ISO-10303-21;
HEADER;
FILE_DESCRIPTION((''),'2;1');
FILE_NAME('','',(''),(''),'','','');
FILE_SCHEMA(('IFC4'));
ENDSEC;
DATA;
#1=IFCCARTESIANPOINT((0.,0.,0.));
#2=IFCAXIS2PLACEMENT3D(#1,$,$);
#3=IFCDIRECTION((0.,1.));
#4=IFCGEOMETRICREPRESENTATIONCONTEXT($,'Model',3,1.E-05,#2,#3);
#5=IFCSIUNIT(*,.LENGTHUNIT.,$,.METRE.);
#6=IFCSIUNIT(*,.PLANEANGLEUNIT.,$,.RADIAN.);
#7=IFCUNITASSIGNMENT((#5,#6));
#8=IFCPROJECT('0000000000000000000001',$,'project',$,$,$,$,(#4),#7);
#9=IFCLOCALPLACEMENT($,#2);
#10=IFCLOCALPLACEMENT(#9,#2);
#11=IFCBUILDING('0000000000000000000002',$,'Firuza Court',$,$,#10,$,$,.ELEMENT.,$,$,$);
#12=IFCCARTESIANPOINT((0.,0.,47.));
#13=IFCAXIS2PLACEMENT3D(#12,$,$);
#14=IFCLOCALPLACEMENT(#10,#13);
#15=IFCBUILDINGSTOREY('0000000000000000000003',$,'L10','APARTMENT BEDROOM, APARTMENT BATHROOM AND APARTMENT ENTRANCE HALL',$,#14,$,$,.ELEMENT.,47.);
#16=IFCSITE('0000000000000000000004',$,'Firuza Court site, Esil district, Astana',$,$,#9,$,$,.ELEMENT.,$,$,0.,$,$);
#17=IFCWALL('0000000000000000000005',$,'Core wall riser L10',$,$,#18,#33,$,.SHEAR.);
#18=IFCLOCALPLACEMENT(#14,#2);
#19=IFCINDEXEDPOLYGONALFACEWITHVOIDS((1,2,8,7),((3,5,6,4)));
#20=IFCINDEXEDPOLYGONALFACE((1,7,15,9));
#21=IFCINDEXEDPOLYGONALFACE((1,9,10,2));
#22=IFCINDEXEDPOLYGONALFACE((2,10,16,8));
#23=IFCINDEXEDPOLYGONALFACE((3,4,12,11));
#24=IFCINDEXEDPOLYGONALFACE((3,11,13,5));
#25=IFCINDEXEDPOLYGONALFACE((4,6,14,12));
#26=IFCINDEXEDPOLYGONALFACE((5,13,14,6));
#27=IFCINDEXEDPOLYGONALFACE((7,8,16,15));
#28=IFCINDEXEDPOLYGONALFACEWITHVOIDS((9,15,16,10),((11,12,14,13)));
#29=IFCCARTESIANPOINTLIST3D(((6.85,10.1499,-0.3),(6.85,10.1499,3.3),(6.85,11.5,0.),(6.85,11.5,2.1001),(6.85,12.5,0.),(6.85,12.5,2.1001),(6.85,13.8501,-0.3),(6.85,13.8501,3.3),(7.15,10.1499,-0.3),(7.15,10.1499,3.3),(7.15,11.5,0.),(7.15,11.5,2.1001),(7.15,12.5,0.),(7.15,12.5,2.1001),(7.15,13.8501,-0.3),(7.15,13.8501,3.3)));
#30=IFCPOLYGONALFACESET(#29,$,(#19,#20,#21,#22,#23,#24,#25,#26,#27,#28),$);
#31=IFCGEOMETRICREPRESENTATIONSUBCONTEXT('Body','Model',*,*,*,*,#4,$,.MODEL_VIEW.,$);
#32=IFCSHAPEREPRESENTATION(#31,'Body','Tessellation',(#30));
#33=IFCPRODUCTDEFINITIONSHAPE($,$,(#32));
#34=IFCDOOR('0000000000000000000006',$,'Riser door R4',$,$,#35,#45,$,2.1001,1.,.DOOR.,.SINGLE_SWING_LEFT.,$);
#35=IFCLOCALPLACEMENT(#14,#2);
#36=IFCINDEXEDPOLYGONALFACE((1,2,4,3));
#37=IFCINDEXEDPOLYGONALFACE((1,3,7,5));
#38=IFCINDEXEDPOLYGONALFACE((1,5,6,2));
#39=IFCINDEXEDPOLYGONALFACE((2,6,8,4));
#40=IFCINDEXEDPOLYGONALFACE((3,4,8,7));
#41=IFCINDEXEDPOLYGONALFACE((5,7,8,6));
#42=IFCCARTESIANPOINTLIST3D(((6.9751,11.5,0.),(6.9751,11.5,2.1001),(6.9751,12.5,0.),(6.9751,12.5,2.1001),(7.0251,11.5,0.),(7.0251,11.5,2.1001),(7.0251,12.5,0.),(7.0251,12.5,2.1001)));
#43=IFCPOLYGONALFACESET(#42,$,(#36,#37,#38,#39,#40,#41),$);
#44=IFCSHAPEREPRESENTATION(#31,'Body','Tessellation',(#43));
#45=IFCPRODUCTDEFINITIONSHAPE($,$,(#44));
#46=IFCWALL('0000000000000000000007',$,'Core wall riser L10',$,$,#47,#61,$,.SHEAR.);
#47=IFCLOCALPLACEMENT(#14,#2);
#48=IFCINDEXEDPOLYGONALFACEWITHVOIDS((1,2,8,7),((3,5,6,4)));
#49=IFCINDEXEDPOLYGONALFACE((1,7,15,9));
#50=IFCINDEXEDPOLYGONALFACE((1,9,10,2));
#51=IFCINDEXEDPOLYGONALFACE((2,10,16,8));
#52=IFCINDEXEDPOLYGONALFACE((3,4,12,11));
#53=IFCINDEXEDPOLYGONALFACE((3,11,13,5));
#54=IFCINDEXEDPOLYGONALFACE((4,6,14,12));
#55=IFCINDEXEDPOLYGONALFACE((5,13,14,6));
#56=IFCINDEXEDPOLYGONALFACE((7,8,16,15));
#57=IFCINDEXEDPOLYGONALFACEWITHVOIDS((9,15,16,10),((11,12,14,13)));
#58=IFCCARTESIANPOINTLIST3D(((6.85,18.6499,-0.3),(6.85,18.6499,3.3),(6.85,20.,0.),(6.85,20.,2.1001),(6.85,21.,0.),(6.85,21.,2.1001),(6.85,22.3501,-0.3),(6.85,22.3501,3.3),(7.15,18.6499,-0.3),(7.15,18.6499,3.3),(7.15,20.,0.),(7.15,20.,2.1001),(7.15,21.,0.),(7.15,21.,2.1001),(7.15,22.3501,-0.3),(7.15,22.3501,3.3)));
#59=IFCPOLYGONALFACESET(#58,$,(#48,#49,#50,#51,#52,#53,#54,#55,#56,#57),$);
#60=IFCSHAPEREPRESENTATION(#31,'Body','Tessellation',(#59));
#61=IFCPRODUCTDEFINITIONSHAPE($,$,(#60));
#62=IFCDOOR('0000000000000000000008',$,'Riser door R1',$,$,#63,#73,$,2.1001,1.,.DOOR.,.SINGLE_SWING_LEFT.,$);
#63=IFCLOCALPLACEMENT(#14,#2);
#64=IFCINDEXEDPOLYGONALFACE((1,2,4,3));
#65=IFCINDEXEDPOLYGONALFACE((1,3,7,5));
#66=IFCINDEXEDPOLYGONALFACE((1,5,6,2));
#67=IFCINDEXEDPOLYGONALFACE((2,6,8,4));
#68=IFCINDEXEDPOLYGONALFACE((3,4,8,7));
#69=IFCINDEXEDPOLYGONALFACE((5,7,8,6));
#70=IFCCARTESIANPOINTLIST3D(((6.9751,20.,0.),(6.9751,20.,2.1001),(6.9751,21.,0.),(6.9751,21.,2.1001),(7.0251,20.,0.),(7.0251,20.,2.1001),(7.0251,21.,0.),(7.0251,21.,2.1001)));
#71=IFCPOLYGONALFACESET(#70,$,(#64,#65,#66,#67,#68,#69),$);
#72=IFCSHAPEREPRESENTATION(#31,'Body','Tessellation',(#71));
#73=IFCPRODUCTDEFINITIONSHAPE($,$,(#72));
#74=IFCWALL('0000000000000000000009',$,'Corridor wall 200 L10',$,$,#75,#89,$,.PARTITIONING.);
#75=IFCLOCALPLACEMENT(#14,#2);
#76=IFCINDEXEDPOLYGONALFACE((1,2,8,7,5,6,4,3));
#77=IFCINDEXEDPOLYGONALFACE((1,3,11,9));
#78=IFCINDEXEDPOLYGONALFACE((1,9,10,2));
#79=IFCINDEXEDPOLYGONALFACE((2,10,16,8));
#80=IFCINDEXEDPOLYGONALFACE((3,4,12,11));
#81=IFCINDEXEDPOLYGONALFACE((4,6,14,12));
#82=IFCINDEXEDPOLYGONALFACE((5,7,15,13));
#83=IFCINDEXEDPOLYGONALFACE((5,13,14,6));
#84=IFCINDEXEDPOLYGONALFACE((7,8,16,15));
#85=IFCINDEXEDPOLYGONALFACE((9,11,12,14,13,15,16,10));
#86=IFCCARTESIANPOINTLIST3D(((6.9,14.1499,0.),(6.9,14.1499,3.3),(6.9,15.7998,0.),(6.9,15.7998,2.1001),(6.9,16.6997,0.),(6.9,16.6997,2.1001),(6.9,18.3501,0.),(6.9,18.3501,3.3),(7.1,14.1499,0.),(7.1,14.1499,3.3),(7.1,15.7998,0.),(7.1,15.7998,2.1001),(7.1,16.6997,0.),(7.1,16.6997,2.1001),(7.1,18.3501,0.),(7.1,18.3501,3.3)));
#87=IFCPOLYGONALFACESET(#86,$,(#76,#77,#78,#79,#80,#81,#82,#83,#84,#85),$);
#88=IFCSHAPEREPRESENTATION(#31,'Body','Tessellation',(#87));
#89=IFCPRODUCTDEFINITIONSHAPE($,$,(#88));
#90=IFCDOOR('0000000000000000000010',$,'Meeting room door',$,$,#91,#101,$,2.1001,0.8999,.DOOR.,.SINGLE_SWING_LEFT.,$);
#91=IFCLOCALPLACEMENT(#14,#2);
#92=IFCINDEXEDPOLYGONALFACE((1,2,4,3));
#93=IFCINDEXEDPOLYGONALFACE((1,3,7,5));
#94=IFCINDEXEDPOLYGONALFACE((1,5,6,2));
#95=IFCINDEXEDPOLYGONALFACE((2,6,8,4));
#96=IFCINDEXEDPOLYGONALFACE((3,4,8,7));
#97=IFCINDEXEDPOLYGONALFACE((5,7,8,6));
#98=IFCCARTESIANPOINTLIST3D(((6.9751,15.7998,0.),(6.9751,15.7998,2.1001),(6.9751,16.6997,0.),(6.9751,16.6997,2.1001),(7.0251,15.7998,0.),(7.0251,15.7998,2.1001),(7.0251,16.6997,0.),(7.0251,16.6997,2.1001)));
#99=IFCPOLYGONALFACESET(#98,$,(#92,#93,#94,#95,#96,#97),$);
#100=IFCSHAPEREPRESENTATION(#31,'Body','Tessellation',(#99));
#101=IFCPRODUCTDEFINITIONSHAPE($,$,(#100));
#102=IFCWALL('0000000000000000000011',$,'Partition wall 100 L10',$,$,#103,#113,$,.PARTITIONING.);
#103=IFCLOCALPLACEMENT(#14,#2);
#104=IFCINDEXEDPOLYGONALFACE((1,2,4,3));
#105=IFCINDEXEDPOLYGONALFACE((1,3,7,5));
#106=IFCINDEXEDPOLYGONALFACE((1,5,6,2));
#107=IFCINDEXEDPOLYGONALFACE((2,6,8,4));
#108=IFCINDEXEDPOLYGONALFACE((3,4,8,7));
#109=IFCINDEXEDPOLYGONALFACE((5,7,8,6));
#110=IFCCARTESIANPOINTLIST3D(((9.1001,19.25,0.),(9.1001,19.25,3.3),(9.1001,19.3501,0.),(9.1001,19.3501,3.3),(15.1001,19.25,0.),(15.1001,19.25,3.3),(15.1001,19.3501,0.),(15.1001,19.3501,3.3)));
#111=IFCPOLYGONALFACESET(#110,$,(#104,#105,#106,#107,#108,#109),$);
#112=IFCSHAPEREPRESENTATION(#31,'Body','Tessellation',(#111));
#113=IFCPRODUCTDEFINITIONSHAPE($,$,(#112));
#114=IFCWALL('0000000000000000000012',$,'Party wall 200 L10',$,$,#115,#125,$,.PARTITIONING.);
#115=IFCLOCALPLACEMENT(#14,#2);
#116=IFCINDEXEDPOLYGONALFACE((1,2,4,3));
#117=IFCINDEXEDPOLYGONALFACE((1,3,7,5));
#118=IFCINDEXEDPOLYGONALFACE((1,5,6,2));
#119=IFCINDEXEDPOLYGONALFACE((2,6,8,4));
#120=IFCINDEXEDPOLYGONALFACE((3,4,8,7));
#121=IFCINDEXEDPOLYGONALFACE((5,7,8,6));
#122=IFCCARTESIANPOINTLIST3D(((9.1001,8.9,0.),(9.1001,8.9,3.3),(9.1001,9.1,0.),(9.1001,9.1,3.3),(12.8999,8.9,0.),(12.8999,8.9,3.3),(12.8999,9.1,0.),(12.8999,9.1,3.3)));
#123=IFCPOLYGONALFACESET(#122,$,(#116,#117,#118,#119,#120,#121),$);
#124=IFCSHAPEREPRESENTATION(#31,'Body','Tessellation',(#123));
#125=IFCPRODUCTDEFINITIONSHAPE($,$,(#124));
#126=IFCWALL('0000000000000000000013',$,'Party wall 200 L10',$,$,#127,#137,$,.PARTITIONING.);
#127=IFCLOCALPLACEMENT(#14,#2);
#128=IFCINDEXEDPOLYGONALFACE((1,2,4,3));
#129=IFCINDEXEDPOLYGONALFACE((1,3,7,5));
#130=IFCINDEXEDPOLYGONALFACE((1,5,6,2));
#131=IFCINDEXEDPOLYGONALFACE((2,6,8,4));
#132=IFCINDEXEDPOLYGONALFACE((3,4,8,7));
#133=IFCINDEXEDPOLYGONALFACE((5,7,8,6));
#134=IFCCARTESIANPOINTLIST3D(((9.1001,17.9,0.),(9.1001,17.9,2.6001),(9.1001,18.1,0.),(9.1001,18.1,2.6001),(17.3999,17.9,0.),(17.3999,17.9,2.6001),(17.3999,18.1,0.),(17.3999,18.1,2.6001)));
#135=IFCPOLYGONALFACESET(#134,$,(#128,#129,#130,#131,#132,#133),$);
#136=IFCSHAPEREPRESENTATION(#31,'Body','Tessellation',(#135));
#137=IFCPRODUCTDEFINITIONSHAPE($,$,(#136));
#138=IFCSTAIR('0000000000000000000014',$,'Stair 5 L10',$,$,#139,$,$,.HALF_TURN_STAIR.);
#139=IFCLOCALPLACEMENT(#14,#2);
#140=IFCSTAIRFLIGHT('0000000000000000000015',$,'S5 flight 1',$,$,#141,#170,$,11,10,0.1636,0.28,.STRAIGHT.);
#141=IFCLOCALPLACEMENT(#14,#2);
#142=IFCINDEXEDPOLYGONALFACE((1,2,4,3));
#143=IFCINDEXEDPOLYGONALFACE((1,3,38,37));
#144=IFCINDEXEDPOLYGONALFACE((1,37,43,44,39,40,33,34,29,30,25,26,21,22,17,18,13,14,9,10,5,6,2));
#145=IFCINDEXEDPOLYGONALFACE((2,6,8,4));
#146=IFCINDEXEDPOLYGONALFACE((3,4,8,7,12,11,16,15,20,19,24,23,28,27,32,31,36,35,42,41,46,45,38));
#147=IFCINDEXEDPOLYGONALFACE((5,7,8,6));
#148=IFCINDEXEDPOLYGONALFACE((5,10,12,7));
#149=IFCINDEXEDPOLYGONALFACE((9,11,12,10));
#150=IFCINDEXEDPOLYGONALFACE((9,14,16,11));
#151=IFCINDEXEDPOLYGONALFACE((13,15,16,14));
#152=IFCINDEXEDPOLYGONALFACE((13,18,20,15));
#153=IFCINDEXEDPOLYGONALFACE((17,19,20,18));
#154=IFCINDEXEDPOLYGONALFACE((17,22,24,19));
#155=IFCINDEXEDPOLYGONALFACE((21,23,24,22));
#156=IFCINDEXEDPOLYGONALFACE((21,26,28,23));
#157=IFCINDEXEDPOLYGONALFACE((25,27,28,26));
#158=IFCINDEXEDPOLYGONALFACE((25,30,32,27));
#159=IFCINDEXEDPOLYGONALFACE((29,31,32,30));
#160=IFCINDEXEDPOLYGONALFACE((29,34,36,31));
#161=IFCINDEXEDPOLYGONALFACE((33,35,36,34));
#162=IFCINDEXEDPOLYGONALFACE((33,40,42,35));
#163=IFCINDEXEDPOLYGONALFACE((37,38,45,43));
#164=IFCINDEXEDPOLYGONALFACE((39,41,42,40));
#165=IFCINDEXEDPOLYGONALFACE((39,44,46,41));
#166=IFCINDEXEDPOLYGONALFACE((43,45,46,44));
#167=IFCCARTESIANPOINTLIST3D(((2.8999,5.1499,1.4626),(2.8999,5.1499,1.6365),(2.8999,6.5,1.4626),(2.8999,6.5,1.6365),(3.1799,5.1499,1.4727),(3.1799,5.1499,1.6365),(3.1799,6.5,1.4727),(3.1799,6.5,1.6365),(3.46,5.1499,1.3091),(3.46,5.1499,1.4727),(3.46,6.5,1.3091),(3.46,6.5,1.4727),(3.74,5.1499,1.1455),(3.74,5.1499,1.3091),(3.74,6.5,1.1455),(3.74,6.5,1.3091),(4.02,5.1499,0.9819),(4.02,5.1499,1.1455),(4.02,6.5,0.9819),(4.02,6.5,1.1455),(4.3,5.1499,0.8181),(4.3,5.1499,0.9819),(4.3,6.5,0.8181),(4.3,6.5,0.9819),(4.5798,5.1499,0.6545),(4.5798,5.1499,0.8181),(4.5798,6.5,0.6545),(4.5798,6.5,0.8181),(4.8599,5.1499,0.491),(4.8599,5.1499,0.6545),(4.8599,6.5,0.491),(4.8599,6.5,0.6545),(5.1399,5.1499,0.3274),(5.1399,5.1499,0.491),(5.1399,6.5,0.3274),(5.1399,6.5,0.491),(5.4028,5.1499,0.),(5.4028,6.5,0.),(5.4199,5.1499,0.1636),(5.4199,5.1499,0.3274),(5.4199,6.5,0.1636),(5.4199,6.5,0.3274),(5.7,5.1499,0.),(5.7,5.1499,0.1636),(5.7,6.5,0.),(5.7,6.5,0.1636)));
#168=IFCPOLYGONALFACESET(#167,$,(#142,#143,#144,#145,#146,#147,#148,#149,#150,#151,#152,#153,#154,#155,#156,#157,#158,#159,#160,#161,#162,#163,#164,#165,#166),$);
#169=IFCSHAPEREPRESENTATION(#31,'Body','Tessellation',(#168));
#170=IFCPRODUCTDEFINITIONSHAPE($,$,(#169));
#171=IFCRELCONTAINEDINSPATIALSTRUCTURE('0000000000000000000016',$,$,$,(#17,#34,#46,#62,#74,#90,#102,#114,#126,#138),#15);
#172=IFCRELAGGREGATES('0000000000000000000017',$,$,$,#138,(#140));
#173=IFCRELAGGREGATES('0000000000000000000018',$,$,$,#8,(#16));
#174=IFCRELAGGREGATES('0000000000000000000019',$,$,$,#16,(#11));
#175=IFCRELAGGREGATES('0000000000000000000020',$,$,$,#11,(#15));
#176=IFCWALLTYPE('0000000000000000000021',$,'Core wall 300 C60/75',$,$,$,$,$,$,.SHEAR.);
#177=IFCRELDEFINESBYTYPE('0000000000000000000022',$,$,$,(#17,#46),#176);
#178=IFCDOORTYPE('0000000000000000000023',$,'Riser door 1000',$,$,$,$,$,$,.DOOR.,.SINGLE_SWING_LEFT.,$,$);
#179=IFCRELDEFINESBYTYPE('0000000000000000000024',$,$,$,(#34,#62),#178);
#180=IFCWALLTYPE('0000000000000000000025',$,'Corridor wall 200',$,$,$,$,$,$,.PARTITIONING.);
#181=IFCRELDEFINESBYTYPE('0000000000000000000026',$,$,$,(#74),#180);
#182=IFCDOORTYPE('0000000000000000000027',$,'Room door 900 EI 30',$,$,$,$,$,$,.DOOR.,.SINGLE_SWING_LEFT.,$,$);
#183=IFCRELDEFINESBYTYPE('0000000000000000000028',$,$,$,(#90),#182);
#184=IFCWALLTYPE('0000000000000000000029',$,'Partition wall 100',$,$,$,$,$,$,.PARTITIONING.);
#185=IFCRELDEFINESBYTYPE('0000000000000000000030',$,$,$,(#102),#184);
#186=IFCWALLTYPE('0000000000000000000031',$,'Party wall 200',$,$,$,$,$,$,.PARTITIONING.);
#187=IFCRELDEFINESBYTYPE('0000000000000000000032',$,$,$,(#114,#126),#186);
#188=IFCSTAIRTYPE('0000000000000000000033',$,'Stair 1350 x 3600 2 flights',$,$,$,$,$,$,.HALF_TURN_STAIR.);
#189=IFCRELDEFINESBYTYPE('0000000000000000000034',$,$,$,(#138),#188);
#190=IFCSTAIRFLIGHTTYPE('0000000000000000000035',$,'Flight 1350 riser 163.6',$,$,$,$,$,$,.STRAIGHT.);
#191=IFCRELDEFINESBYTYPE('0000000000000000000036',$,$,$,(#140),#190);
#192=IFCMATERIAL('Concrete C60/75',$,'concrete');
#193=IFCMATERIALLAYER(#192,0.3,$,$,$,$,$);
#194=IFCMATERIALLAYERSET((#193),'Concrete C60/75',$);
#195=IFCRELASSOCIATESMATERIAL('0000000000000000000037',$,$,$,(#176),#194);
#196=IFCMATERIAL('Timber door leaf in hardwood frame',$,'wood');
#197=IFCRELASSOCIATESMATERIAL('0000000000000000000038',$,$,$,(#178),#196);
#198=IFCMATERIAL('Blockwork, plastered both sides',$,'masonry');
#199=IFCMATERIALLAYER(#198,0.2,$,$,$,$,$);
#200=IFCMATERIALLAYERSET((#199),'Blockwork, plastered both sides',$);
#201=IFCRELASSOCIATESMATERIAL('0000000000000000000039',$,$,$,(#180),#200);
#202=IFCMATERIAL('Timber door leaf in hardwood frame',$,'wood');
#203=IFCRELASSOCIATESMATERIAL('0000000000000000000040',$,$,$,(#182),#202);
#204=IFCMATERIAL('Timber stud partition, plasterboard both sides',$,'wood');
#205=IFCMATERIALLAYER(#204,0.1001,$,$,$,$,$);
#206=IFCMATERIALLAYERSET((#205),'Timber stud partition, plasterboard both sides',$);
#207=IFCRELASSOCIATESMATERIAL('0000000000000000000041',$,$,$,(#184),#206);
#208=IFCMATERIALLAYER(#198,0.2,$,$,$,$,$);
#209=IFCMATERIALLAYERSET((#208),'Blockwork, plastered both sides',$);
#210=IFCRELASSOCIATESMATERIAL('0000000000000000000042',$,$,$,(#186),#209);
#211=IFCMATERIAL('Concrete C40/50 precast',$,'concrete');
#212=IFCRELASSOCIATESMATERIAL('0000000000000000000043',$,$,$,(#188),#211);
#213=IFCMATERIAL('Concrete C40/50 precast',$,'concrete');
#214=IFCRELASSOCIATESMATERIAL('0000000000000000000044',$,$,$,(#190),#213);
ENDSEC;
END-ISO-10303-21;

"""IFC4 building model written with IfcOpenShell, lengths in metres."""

from ifc_helpers import new_model, si_unit, direction, frame, frame_2d, origin, place, context, subcontext, project, spatial, polyline, rectangle, outline, extrude, material, layer, layer_set, type_object, element, fill, aggregate, save


model = new_model("IFC4")

# Units and contexts
model_context = context("Model", 3, precision=1e-05, world=origin(), true_north=direction((0.0, 1.0)))
body_context = subcontext(model_context, "Body", "Model", "MODEL_VIEW")
ifc_project = project(units=[si_unit("LENGTHUNIT", "METRE"), si_unit("PLANEANGLEUNIT", "RADIAN")], contexts=[model_context])

# Site, building, storey
site_placement = place(None, origin())
site = spatial("IfcSite", under=ifc_project, at=site_placement, Name="Firuza Court site, Esil district, Astana", CompositionType="ELEMENT", RefElevation=0.0)
building_placement = place(site_placement, origin())
building = spatial("IfcBuilding", under=site, at=building_placement, Name="Firuza Court", CompositionType="ELEMENT")
storey_placement = place(building_placement, frame((0.0, 0.0, 47.0)))
storey = spatial("IfcBuildingStorey", under=building, at=storey_placement, Name="L10", Description="APARTMENT BEDROOM, APARTMENT BATHROOM AND APARTMENT ENTRANCE HALL", CompositionType="ELEMENT", Elevation=47.0)

# Shared definitions
ifc_material_1 = material(Name="Concrete C60/75", Category="concrete")
ifc_layer_1 = layer(ifc_material_1, 0.3)
ifc_layer_set_1 = layer_set([ifc_layer_1], Name="Concrete C60/75")
wall_type_1 = type_object("IfcWallType", Name="Core wall 300 C60/75", PredefinedType="SHEAR", material=ifc_layer_set_1)

# Walls, openings, doors
wall_1_placement = place(storey_placement, frame((7.0, 10.1499, -0.3), z_axis=(0.0, 0.0, 1.0), x_axis=(0.0, 1.0, 0.0)))
wall_1 = element("IfcWall", 1, at=wall_1_placement, inside=storey, type_object=wall_type_1, Name="Core wall riser L10", PredefinedType="SHEAR", context=body_context, shape_type="SweptSolid", body=[
    extrude(rectangle(XDim=3.7002, YDim=0.3, at=frame_2d((1.8501, 0.0))), origin(), (0.0, 0.0, 1.0), 3.6001),
])
opening_1_placement = place(wall_1_placement, frame((1.3501, 0.0, 0.3)))
opening_1 = element("IfcOpeningElement", 2, at=opening_1_placement, cuts=wall_1, PredefinedType="OPENING", context=body_context, shape_type="SweptSolid", body=[
    extrude(rectangle(XDim=1.0, YDim=2.1001, at=frame_2d((0.5, 1.05))), frame((0.0, 0.1621, 0.0), z_axis=(0.0, -1.0, 0.0), x_axis=(1.0, 0.0, 0.0)), (0.0, 0.0, 1.0), 0.324),
])
ifc_material_2 = material(Name="Timber door leaf in hardwood frame", Category="wood")
door_type_1 = type_object("IfcDoorType", Name="Riser door 1000", OperationType="SINGLE_SWING_LEFT", PredefinedType="DOOR", material=ifc_material_2)
door_1_placement = place(opening_1_placement, origin())
door_1 = element("IfcDoor", 3, at=door_1_placement, inside=storey, type_object=door_type_1, Name="Riser door R4", OperationType="SINGLE_SWING_LEFT", OverallHeight=2.1001, OverallWidth=1.0, PredefinedType="DOOR", context=body_context, shape_type="SweptSolid", body=[
    extrude(rectangle(XDim=1.0, YDim=2.1001, at=frame_2d((0.5, 1.05))), frame((0.0, 0.0249, 0.0), z_axis=(0.0, -1.0, 0.0), x_axis=(1.0, 0.0, 0.0)), (0.0, 0.0, 1.0), 0.05),
])
fill(opening_1, door_1)
wall_2_placement = place(storey_placement, frame((7.0, 18.6499, -0.3), z_axis=(0.0, 0.0, 1.0), x_axis=(0.0, 1.0, 0.0)))
wall_2 = element("IfcWall", 4, at=wall_2_placement, inside=storey, type_object=wall_type_1, Name="Core wall riser L10", PredefinedType="SHEAR", context=body_context, shape_type="SweptSolid", body=[
    extrude(rectangle(XDim=3.7002, YDim=0.3, at=frame_2d((1.8501, 0.0))), origin(), (0.0, 0.0, 1.0), 3.6001),
])
opening_2_placement = place(wall_2_placement, frame((1.3501, 0.0, 0.3)))
opening_2 = element("IfcOpeningElement", 5, at=opening_2_placement, cuts=wall_2, PredefinedType="OPENING", context=body_context, shape_type="SweptSolid", body=[
    extrude(rectangle(XDim=1.0, YDim=2.1001, at=frame_2d((0.5, 1.05))), frame((0.0, 0.1621, 0.0), z_axis=(0.0, -1.0, 0.0), x_axis=(1.0, 0.0, 0.0)), (0.0, 0.0, 1.0), 0.324),
])
door_2_placement = place(opening_2_placement, origin())
door_2 = element("IfcDoor", 6, at=door_2_placement, inside=storey, type_object=door_type_1, Name="Riser door R1", OperationType="SINGLE_SWING_LEFT", OverallHeight=2.1001, OverallWidth=1.0, PredefinedType="DOOR", context=body_context, shape_type="SweptSolid", body=[
    extrude(rectangle(XDim=1.0, YDim=2.1001, at=frame_2d((0.5, 1.05))), frame((0.0, 0.0249, 0.0), z_axis=(0.0, -1.0, 0.0), x_axis=(1.0, 0.0, 0.0)), (0.0, 0.0, 1.0), 0.05),
])
fill(opening_2, door_2)
ifc_material_3 = material(Name="Blockwork, plastered both sides", Category="masonry")
ifc_layer_2 = layer(ifc_material_3, 0.2)
ifc_layer_set_2 = layer_set([ifc_layer_2], Name="Blockwork, plastered both sides")
wall_type_2 = type_object("IfcWallType", Name="Corridor wall 200", PredefinedType="PARTITIONING", material=ifc_layer_set_2)
wall_3_placement = place(storey_placement, frame((7.0, 14.1499, 0.0), z_axis=(0.0, 0.0, 1.0), x_axis=(0.0, 1.0, 0.0)))
wall_3 = element("IfcWall", 7, at=wall_3_placement, inside=storey, type_object=wall_type_2, Name="Corridor wall 200 L10", PredefinedType="PARTITIONING", context=body_context, shape_type="SweptSolid", body=[
    extrude(rectangle(XDim=4.2002, YDim=0.2, at=frame_2d((2.1001, 0.0))), origin(), (0.0, 0.0, 1.0), 3.3),
])
opening_3_placement = place(wall_3_placement, frame((1.6499, 0.0, 0.0)))
opening_3 = element("IfcOpeningElement", 8, at=opening_3_placement, cuts=wall_3, PredefinedType="OPENING", context=body_context, shape_type="SweptSolid", body=[
    extrude(rectangle(XDim=0.8999, YDim=2.1001, at=frame_2d((0.45, 1.05))), frame((0.0, 0.1118, 0.0), z_axis=(0.0, -1.0, 0.0), x_axis=(1.0, 0.0, 0.0)), (0.0, 0.0, 1.0), 0.2239),
])
ifc_material_4 = material(Name="Timber door leaf in hardwood frame", Category="wood")
door_type_2 = type_object("IfcDoorType", Name="Room door 900 EI 30", OperationType="SINGLE_SWING_LEFT", PredefinedType="DOOR", material=ifc_material_4)
door_3_placement = place(opening_3_placement, origin())
door_3 = element("IfcDoor", 9, at=door_3_placement, inside=storey, type_object=door_type_2, Name="Meeting room door", OperationType="SINGLE_SWING_LEFT", OverallHeight=2.1001, OverallWidth=0.8999, PredefinedType="DOOR", context=body_context, shape_type="SweptSolid", body=[
    extrude(rectangle(XDim=0.8999, YDim=2.1001, at=frame_2d((0.45, 1.05))), frame((0.0, 0.0249, 0.0), z_axis=(0.0, -1.0, 0.0), x_axis=(1.0, 0.0, 0.0)), (0.0, 0.0, 1.0), 0.05),
])
fill(opening_3, door_3)

# Walls
ifc_material_5 = material(Name="Timber stud partition, plasterboard both sides", Category="wood")
ifc_layer_3 = layer(ifc_material_5, 0.1001)
ifc_layer_set_3 = layer_set([ifc_layer_3], Name="Timber stud partition, plasterboard both sides")
wall_type_3 = type_object("IfcWallType", Name="Partition wall 100", PredefinedType="PARTITIONING", material=ifc_layer_set_3)
wall_4_placement = place(storey_placement, frame((9.1001, 19.3, 0.0), z_axis=(0.0, 0.0, 1.0), x_axis=(1.0, 0.0, 0.0)))
element("IfcWall", 10, at=wall_4_placement, inside=storey, type_object=wall_type_3, Name="Partition wall 100 L10", PredefinedType="PARTITIONING", context=body_context, shape_type="SweptSolid", body=[
    extrude(rectangle(XDim=6.0, YDim=0.1001, at=frame_2d((3.0, 0.0))), origin(), (0.0, 0.0, 1.0), 3.3),
])
ifc_layer_4 = layer(ifc_material_3, 0.2)
ifc_layer_set_4 = layer_set([ifc_layer_4], Name="Blockwork, plastered both sides")
wall_type_4 = type_object("IfcWallType", Name="Party wall 200", PredefinedType="PARTITIONING", material=ifc_layer_set_4)
wall_5_placement = place(storey_placement, frame((9.1001, 9.0, 0.0), z_axis=(0.0, 0.0, 1.0), x_axis=(1.0, 0.0, 0.0)))
element("IfcWall", 11, at=wall_5_placement, inside=storey, type_object=wall_type_4, Name="Party wall 200 L10", PredefinedType="PARTITIONING", context=body_context, shape_type="SweptSolid", body=[
    extrude(rectangle(XDim=3.7998, YDim=0.2, at=frame_2d((1.8999, 0.0))), origin(), (0.0, 0.0, 1.0), 3.3),
])
wall_6_placement = place(storey_placement, frame((9.1001, 18.0, 0.0), z_axis=(0.0, 0.0, 1.0), x_axis=(1.0, 0.0, 0.0)))
element("IfcWall", 12, at=wall_6_placement, inside=storey, type_object=wall_type_4, Name="Party wall 200 L10", PredefinedType="PARTITIONING", context=body_context, shape_type="SweptSolid", body=[
    extrude(rectangle(XDim=8.2998, YDim=0.2, at=frame_2d((4.1499, 0.0))), origin(), (0.0, 0.0, 1.0), 2.6001),
])

# Stair, stair flight
ifc_material_6 = material(Name="Concrete C40/50 precast", Category="concrete")
stair_type = type_object("IfcStairType", Name="Stair 1350 x 3600 2 flights", PredefinedType="HALF_TURN_STAIR", material=ifc_material_6)
stair_placement = place(storey_placement, origin())
stair = element("IfcStair", 13, at=stair_placement, inside=storey, type_object=stair_type, Name="Stair 5 L10", PredefinedType="HALF_TURN_STAIR")
ifc_material_7 = material(Name="Concrete C40/50 precast", Category="concrete")
stair_flight_type = type_object("IfcStairFlightType", Name="Flight 1350 riser 163.6", PredefinedType="STRAIGHT", material=ifc_material_7)
stair_flight_1_placement = place(storey_placement, frame((5.7, 5.825, 0.0), z_axis=(0.0, 0.0, 1.0), x_axis=(-1.0, 0.0, 0.0)))
stair_flight_1 = element("IfcStairFlight", 14, at=stair_flight_1_placement, type_object=stair_flight_type, Name="S5 flight 1", NumberOfRisers=11, NumberOfTreads=10, PredefinedType="STRAIGHT", RiserHeight=0.1636, TreadLength=0.28, context=body_context, shape_type="SweptSolid", body=[
    extrude(outline(polyline([(0.0, 0.0), (0.0, 0.1636), (0.28, 0.1636), (0.28, 0.3274), (0.5601, 0.3274), (0.5601, 0.491), (0.8401, 0.491), (0.8401, 0.6545), (1.1201, 0.6545), (1.1201, 0.8181), (1.3999, 0.8181), (1.3999, 0.9819), (1.6799, 0.9819), (1.6799, 1.1455), (1.96, 1.1455), (1.96, 1.3091), (2.24, 1.3091), (2.24, 1.4727), (2.52, 1.4727), (2.52, 1.6365), (2.8, 1.6365), (2.8, 1.8), (2.8, 1.4626), (0.2971, 0.0), (0.0, 0.0)])), frame((0.0, 0.675, 0.0), z_axis=(0.0, -1.0, 0.0), x_axis=(1.0, 0.0, 0.0)), (0.0, 0.0, 1.0), 1.3501),
])
aggregate(stair, [stair_flight_1])

save(model, "model.ifc")
